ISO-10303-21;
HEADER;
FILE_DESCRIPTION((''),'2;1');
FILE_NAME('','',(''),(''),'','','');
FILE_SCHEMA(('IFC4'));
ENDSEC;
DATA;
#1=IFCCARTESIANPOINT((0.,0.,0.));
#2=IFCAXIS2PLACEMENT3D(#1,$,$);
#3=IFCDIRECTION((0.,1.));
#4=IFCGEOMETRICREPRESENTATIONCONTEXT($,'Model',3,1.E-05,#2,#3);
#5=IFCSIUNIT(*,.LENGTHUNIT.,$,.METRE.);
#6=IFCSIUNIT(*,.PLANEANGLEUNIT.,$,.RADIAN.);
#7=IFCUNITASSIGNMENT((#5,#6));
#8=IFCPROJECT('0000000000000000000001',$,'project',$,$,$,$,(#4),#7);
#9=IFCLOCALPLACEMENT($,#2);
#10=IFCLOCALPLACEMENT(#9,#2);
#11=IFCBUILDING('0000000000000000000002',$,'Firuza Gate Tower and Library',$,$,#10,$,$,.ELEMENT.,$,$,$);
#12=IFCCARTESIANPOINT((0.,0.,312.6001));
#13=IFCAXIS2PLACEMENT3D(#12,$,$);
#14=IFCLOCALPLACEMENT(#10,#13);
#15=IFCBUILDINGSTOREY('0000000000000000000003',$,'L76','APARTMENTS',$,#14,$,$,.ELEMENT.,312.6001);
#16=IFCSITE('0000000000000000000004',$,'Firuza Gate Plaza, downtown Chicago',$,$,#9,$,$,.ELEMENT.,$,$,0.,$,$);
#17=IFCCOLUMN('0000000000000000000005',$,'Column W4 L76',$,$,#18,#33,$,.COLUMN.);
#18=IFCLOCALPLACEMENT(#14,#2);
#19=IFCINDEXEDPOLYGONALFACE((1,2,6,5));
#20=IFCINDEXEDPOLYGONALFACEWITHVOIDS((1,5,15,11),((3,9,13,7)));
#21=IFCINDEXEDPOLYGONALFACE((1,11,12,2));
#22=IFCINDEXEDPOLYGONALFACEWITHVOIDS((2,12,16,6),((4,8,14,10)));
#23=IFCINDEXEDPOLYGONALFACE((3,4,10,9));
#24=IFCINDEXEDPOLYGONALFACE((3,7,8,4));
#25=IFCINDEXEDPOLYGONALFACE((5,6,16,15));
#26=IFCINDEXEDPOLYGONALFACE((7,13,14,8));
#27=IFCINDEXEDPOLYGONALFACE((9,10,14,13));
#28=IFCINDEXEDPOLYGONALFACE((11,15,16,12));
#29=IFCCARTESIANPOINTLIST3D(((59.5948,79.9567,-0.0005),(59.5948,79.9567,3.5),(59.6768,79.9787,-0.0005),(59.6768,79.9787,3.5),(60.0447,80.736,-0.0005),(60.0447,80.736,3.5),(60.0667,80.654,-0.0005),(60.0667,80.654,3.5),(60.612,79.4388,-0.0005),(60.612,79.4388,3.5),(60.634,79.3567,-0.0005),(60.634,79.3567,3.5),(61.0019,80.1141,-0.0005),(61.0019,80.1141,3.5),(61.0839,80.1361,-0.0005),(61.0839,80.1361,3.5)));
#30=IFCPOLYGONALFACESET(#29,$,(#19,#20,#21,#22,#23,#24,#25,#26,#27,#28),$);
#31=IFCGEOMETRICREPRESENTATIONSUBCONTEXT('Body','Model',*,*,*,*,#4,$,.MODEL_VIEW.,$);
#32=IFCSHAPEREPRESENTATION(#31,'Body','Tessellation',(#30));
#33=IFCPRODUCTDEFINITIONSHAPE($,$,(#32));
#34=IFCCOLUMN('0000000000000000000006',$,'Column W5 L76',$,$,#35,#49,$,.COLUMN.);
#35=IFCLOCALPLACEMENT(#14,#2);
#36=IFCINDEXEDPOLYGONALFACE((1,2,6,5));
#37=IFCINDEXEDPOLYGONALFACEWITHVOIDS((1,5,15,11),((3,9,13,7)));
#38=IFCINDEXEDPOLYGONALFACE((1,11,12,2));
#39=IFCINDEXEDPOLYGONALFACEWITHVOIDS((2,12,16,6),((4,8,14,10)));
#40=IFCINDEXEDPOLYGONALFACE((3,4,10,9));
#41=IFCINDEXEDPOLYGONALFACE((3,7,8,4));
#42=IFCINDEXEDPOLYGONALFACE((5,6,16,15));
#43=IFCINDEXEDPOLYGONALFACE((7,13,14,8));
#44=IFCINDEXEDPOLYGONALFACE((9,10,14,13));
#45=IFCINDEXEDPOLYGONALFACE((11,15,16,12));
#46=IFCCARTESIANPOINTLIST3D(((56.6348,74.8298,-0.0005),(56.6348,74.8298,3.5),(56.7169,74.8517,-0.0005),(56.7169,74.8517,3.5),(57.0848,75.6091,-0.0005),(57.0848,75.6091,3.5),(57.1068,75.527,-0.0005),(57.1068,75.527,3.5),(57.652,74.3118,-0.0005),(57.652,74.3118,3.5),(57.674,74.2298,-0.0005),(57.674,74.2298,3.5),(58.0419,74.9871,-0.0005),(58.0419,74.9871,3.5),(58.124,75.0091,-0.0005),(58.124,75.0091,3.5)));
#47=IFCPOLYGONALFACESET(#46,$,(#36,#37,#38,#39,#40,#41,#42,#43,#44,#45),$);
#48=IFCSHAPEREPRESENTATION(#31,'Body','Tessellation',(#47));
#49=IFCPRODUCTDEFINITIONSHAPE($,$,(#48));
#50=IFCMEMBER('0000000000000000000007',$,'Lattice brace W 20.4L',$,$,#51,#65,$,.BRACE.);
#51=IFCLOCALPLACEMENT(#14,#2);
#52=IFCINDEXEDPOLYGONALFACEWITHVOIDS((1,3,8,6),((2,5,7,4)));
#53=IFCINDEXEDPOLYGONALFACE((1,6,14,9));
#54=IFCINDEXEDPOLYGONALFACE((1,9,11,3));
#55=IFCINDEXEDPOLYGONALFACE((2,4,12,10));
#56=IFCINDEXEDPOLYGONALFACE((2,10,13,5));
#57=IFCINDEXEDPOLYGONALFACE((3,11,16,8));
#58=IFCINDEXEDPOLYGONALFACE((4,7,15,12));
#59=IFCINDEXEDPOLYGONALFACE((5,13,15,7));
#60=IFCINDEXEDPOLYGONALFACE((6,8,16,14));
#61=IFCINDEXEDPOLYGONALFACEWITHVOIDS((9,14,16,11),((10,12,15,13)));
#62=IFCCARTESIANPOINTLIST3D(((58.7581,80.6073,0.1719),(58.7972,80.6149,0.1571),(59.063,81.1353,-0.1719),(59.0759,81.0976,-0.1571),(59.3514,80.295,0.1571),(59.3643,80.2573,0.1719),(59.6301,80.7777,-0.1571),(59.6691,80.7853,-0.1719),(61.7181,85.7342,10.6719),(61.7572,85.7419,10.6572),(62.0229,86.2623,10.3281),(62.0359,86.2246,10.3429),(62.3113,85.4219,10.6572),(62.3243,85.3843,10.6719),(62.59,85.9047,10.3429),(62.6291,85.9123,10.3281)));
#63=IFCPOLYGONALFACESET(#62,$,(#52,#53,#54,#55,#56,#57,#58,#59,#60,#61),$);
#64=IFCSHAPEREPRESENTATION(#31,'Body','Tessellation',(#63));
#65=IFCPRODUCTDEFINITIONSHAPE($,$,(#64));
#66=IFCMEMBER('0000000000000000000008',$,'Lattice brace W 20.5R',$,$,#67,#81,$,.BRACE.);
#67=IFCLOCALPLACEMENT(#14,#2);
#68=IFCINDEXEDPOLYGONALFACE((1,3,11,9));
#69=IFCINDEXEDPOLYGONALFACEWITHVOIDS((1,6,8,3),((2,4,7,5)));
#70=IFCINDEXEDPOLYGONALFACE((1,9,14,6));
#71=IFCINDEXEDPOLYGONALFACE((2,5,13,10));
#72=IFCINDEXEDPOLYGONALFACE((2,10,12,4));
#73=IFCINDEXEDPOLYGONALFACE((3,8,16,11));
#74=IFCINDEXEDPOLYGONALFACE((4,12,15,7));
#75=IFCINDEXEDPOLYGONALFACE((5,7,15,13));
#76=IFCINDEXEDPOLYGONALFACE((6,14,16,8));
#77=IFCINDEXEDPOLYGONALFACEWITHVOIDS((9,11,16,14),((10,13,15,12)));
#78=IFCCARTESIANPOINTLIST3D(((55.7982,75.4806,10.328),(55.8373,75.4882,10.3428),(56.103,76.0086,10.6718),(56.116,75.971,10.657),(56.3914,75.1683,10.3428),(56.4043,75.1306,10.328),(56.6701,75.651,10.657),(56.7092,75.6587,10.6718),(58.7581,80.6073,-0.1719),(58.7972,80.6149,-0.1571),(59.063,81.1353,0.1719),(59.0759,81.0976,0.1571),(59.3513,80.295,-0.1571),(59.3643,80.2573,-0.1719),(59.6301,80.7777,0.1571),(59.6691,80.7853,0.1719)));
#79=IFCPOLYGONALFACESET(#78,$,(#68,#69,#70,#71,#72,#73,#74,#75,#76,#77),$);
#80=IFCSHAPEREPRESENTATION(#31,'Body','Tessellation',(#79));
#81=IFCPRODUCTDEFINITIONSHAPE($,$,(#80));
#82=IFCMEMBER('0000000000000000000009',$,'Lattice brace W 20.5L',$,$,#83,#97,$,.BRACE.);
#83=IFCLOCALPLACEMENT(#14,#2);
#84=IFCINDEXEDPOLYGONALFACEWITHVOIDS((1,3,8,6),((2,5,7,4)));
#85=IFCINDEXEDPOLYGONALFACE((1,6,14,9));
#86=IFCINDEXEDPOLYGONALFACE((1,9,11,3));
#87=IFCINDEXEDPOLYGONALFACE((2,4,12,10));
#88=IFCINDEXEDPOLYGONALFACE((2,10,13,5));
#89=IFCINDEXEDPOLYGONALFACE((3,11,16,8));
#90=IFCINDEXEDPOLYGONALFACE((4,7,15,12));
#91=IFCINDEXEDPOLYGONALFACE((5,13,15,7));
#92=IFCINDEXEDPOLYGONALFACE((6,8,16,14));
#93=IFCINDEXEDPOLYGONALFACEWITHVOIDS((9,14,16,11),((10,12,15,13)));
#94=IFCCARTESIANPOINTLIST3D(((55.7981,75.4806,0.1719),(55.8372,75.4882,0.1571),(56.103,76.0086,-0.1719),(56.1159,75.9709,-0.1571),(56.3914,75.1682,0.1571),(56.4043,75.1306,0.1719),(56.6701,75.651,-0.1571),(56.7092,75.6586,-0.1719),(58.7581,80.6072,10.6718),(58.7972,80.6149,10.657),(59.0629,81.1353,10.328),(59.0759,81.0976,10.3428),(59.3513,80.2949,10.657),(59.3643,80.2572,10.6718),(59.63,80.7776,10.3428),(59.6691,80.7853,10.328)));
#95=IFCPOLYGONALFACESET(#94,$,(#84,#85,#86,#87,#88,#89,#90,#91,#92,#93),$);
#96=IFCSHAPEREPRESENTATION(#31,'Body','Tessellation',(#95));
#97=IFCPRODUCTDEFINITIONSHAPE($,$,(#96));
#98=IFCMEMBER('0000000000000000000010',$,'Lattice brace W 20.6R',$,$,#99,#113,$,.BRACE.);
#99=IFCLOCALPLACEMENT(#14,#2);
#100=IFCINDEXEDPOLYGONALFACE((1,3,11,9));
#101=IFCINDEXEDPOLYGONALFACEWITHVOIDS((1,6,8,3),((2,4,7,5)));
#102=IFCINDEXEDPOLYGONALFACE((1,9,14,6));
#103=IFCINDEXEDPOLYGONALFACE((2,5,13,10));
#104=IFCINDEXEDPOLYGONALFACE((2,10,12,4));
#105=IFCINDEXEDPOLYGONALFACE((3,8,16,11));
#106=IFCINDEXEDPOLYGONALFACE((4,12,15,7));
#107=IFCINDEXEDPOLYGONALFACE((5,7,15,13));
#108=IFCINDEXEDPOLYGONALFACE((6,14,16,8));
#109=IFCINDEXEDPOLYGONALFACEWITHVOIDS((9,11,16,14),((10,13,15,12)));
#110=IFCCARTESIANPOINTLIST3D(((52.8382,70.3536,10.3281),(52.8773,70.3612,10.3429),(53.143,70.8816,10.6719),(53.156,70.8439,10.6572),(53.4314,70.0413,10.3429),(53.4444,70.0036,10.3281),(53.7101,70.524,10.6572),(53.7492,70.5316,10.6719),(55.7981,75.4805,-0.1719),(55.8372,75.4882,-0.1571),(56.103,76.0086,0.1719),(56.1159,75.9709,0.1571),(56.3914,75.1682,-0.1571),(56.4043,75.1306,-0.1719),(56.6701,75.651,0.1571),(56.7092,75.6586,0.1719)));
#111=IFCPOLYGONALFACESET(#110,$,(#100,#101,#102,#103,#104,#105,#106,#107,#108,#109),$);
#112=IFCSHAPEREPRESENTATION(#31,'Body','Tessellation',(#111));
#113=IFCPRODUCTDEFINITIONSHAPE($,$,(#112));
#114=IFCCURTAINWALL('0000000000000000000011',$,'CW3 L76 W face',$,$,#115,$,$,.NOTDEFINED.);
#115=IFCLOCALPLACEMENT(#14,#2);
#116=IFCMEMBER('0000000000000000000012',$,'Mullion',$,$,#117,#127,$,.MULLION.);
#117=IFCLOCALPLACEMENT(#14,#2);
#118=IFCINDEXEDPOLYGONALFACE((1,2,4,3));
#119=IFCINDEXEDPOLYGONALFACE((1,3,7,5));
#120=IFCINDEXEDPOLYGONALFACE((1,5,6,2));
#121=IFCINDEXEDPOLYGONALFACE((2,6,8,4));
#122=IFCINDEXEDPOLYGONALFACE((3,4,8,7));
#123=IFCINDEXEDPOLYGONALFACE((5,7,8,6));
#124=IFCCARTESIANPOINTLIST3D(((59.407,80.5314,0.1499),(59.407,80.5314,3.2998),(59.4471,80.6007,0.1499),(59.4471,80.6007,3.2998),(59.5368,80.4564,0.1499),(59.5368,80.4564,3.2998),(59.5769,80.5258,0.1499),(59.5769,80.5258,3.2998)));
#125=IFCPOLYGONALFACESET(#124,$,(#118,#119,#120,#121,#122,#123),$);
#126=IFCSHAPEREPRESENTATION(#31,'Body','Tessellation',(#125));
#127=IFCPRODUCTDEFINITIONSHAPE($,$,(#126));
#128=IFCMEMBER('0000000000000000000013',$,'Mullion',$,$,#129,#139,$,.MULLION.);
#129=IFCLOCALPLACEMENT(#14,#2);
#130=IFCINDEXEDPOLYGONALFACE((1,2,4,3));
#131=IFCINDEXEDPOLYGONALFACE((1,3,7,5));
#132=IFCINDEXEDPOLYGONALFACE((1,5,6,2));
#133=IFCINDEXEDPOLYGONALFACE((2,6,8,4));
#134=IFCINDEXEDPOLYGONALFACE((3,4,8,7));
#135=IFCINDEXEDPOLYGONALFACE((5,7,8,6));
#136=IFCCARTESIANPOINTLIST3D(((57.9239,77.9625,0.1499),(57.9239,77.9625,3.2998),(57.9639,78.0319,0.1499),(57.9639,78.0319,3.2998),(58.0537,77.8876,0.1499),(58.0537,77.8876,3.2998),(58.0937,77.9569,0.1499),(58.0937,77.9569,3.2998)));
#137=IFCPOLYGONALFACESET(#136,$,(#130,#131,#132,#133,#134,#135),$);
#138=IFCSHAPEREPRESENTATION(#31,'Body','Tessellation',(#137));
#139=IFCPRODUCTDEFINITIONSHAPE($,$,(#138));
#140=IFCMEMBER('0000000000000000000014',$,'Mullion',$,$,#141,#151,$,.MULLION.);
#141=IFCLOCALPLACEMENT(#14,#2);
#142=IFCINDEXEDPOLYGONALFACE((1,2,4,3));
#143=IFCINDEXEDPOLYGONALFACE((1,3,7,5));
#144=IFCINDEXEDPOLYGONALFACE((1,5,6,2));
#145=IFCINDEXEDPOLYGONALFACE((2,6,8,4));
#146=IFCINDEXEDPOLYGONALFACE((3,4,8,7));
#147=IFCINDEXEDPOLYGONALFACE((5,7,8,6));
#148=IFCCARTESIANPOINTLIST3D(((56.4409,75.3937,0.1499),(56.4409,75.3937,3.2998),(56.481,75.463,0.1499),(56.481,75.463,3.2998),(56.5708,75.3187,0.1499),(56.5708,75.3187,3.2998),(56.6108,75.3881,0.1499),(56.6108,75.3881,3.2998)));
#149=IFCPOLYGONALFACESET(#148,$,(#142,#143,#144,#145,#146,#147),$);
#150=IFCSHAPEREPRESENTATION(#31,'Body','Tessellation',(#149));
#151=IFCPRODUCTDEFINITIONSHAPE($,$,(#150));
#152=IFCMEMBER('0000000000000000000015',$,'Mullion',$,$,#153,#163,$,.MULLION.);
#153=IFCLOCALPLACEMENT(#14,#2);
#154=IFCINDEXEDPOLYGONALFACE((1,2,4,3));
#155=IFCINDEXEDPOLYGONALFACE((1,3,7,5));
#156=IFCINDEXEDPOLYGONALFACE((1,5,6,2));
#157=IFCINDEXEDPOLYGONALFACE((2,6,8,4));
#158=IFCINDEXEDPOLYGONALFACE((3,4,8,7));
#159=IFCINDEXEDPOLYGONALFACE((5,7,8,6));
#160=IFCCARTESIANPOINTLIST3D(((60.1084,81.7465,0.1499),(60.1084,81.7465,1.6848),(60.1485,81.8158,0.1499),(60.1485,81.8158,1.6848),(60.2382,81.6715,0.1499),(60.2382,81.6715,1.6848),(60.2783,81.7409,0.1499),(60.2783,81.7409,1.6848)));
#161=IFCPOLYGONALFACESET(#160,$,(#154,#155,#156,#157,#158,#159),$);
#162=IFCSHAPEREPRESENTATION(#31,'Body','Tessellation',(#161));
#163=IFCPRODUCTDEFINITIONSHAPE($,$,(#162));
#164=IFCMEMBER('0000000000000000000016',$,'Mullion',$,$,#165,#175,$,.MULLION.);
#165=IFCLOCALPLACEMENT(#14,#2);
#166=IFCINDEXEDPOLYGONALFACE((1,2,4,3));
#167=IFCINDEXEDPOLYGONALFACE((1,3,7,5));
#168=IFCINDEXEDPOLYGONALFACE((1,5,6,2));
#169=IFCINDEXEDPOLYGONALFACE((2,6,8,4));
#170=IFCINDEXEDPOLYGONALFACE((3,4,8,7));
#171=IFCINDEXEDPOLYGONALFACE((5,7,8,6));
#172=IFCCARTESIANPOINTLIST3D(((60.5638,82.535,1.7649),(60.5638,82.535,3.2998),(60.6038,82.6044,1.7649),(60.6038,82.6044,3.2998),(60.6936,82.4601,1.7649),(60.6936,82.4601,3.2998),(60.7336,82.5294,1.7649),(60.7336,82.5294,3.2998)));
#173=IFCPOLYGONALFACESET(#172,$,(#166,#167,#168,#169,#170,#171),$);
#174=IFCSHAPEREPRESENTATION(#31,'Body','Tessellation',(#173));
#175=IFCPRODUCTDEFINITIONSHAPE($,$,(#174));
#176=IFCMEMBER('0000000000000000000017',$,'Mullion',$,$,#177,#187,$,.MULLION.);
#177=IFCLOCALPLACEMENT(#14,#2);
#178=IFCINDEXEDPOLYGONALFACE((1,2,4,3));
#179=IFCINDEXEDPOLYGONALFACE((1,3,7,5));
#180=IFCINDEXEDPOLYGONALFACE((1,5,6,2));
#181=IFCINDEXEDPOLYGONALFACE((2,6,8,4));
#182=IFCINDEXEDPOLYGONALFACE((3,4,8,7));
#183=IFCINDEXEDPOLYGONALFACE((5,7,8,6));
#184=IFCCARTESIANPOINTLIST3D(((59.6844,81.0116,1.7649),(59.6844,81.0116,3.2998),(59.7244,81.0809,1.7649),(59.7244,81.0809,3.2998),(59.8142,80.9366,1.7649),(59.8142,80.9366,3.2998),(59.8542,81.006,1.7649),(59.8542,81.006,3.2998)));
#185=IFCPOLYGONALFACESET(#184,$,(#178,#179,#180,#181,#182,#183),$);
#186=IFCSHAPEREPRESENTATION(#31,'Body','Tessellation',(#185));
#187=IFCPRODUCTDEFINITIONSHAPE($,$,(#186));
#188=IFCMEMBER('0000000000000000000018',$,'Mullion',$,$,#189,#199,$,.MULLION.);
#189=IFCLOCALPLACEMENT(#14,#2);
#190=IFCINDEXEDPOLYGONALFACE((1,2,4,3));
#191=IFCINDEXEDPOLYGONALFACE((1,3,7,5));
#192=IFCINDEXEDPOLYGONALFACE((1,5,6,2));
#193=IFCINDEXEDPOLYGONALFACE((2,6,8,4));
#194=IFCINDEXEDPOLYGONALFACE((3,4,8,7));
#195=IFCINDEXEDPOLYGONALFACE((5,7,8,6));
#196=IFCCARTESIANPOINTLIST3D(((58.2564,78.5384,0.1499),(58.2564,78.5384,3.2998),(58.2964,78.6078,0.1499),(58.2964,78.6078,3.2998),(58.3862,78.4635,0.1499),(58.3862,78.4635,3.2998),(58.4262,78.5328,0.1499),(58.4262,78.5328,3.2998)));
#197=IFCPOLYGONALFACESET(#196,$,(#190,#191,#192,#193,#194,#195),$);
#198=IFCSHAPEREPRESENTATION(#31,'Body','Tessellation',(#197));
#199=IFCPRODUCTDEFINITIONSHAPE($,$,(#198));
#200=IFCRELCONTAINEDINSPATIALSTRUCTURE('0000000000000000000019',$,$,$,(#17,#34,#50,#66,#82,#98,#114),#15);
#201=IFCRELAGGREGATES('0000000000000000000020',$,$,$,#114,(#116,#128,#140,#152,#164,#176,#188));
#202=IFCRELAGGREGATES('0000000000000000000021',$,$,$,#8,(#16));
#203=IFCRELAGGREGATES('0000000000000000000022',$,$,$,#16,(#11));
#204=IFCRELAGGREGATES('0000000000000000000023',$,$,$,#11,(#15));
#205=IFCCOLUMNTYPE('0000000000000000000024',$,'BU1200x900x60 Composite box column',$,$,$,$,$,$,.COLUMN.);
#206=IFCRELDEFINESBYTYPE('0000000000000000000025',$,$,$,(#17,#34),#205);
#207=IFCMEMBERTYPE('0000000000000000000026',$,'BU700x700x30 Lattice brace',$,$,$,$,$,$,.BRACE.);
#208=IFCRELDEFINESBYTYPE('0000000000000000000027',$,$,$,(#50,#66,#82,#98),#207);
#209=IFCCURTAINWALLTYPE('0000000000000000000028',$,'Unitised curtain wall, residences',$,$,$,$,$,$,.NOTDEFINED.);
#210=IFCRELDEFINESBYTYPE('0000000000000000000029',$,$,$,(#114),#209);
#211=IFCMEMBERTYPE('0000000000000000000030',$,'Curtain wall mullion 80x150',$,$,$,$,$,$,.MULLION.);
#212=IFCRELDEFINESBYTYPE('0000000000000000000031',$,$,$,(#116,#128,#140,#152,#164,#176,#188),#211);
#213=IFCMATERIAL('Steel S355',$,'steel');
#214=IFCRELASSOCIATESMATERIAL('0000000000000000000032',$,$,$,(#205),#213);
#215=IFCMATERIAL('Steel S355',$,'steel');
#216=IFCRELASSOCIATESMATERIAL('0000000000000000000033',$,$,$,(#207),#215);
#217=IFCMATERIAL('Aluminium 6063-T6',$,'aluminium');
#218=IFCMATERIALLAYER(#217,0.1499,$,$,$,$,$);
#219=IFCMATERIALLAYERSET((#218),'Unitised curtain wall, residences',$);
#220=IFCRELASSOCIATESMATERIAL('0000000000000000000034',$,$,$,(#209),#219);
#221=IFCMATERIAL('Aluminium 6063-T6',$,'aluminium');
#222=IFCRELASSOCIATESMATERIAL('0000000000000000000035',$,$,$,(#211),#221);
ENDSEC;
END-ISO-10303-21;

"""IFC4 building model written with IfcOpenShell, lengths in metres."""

from ifc_helpers import new_model, si_unit, direction, frame, origin, origin_2d, place, context, subcontext, project, spatial, rectangle, hollow_rectangle, extrude, material, layer, layer_set, material_profile, profile_set, type_object, element, aggregate, save


model = new_model("IFC4")

# Units and contexts
model_context = context("Model", 3, precision=1e-05, world=origin(), true_north=direction((0.0, 1.0)))
body_context = subcontext(model_context, "Body", "Model", "MODEL_VIEW")
ifc_project = project(units=[si_unit("LENGTHUNIT", "METRE"), si_unit("PLANEANGLEUNIT", "RADIAN")], contexts=[model_context])

# Site, building, storey
site_placement = place(None, origin())
site = spatial("IfcSite", under=ifc_project, at=site_placement, Name="Firuza Gate Plaza, downtown Chicago", CompositionType="ELEMENT", RefElevation=0.0)
building_placement = place(site_placement, origin())
building = spatial("IfcBuilding", under=site, at=building_placement, Name="Firuza Gate Tower and Library", CompositionType="ELEMENT")
storey_placement = place(building_placement, frame((0.0, 0.0, 312.6001)))
storey = spatial("IfcBuildingStorey", under=building, at=storey_placement, Name="L76", Description="APARTMENTS", CompositionType="ELEMENT", Elevation=312.6001)

# Columns
ifc_material_1 = material(Name="Steel S355", Category="steel")
ifc_material_profile_1 = material_profile(ifc_material_1, hollow_rectangle(XDim=0.8999, YDim=1.2, WallThickness=0.0601, at=origin_2d()))
ifc_profile_set_1 = profile_set([ifc_material_profile_1], Name="Steel S355")
column_type = type_object("IfcColumnType", Name="BU1200x900x60 Composite box column", PredefinedType="COLUMN", material=ifc_profile_set_1)
for number, where, z_axis, x_axis, name in (
    (1, (60.3394, 80.0464, -0.0005), (0.0, 0.0, 1.0), (-0.5, -0.866025, 0.0), "Column W4 L76"),
    (2, (57.3794, 74.9194, -0.0005), (0.0, 0.0, 1.0), (-0.5, -0.866025, 0.0), "Column W5 L76"),
):
    element("IfcColumn", number, at=place(storey_placement, frame(where, z_axis=z_axis, x_axis=x_axis)), inside=storey, type_object=column_type, Name=name, PredefinedType="COLUMN", context=body_context, shape_type="SweptSolid", body=[
        extrude(hollow_rectangle(XDim=0.8999, YDim=1.2, WallThickness=0.0601, at=origin_2d()), origin(), (0.0, 0.0, 1.0), 3.5005),
    ])

# Members
ifc_material_2 = material(Name="Steel S355", Category="steel")
ifc_material_profile_2 = material_profile(ifc_material_2, hollow_rectangle(XDim=0.7, YDim=0.7, WallThickness=0.03, at=origin_2d()))
ifc_profile_set_2 = profile_set([ifc_material_profile_2], Name="Steel S355")
member_type_1 = type_object("IfcMemberType", Name="BU700x700x30 Lattice brace", PredefinedType="BRACE", material=ifc_profile_set_2)
member_1_placement = place(storey_placement, frame((59.2136, 80.6963, 0.0), z_axis=(0.24556, 0.425335, 0.871086), x_axis=(-0.866032, 0.499989, 0.0)))
element("IfcMember", 3, at=member_1_placement, inside=storey, type_object=member_type_1, Name="Lattice brace W 20.4L", PredefinedType="BRACE", context=body_context, shape_type="SweptSolid", body=[
    extrude(hollow_rectangle(XDim=0.7, YDim=0.7, WallThickness=0.03, at=origin_2d()), origin(), (0.0, 0.0, 1.0), 12.054),
])
for number, where, z_axis, x_axis, name in (
    (4, (59.2136, 80.6963, 0.0), (-0.245562, -0.425318, 0.871093), (0.866021, -0.500007, 0.0), "Lattice brace W 20.5R"),
    (5, (56.2537, 75.5696, 0.0), (0.245562, 0.425318, 0.871093), (-0.866021, 0.500007, 0.0), "Lattice brace W 20.5L"),
):
    element("IfcMember", number, at=place(storey_placement, frame(where, z_axis=z_axis, x_axis=x_axis)), inside=storey, type_object=member_type_1, Name=name, PredefinedType="BRACE", context=body_context, shape_type="SweptSolid", body=[
        extrude(hollow_rectangle(XDim=0.7, YDim=0.7, WallThickness=0.03, at=origin_2d()), origin(), (0.0, 0.0, 1.0), 12.0537),
    ])
member_2_placement = place(storey_placement, frame((56.2537, 75.5696, 0.0), z_axis=(-0.24556, -0.425335, 0.871086), x_axis=(0.866032, -0.499989, 0.0)))
element("IfcMember", 6, at=member_2_placement, inside=storey, type_object=member_type_1, Name="Lattice brace W 20.6R", PredefinedType="BRACE", context=body_context, shape_type="SweptSolid", body=[
    extrude(hollow_rectangle(XDim=0.7, YDim=0.7, WallThickness=0.03, at=origin_2d()), origin(), (0.0, 0.0, 1.0), 12.054),
])

# Curtain wall, members
ifc_material_3 = material(Name="Aluminium 6063-T6", Category="aluminium")
ifc_layer_1 = layer(ifc_material_3, 0.1499)
ifc_layer_set_1 = layer_set([ifc_layer_1], Name="Unitised curtain wall, residences")
curtain_wall_type = type_object("IfcCurtainWallType", Name="Unitised curtain wall, residences", PredefinedType="NOTDEFINED", material=ifc_layer_set_1)
curtain_wall_placement = place(storey_placement, origin())
curtain_wall = element("IfcCurtainWall", 7, at=curtain_wall_placement, inside=storey, type_object=curtain_wall_type, Name="CW3 L76 W face", PredefinedType="NOTDEFINED")
ifc_material_4 = material(Name="Aluminium 6063-T6", Category="aluminium")
ifc_material_profile_3 = material_profile(ifc_material_4, rectangle(XDim=0.1499, YDim=0.0801, at=origin_2d()))
ifc_profile_set_3 = profile_set([ifc_material_profile_3], Name="Aluminium 6063-T6")
member_type_2 = type_object("IfcMemberType", Name="Curtain wall mullion 80x150", PredefinedType="MULLION", material=ifc_profile_set_3)
member_3_placement = place(storey_placement, frame((59.4919, 80.5286, 0.1499), z_axis=(0.0, 0.0, 1.0), x_axis=(0.866025, -0.5, 0.0)))
member_3 = element("IfcMember", 8, at=member_3_placement, type_object=member_type_2, Name="Mullion", PredefinedType="MULLION", context=body_context, shape_type="SweptSolid", body=[
    extrude(rectangle(XDim=0.1499, YDim=0.0801, at=origin_2d()), origin(), (0.0, 0.0, 1.0), 3.1499),
])
member_4_placement = place(storey_placement, frame((58.0088, 77.9597, 0.1499), z_axis=(0.0, 0.0, 1.0), x_axis=(0.866025, -0.5, 0.0)))
member_4 = element("IfcMember", 9, at=member_4_placement, type_object=member_type_2, Name="Mullion", PredefinedType="MULLION", context=body_context, shape_type="SweptSolid", body=[
    extrude(rectangle(XDim=0.1499, YDim=0.0801, at=origin_2d()), origin(), (0.0, 0.0, 1.0), 3.1499),
])
member_5_placement = place(storey_placement, frame((56.5259, 75.3909, 0.1499), z_axis=(0.0, 0.0, 1.0), x_axis=(0.866025, -0.5, 0.0)))
member_5 = element("IfcMember", 10, at=member_5_placement, type_object=member_type_2, Name="Mullion", PredefinedType="MULLION", context=body_context, shape_type="SweptSolid", body=[
    extrude(rectangle(XDim=0.1499, YDim=0.0801, at=origin_2d()), origin(), (0.0, 0.0, 1.0), 3.1499),
])
member_6_placement = place(storey_placement, frame((60.1934, 81.7437, 0.1499), z_axis=(0.0, 0.0, 1.0), x_axis=(0.866025, -0.5, 0.0)))
member_6 = element("IfcMember", 11, at=member_6_placement, type_object=member_type_2, Name="Mullion", PredefinedType="MULLION", context=body_context, shape_type="SweptSolid", body=[
    extrude(rectangle(XDim=0.1499, YDim=0.0801, at=origin_2d()), origin(), (0.0, 0.0, 1.0), 1.5349),
])
member_7_placement = place(storey_placement, frame((60.6487, 82.5322, 1.7649), z_axis=(0.0, 0.0, 1.0), x_axis=(0.866025, -0.5, 0.0)))
member_7 = element("IfcMember", 12, at=member_7_placement, type_object=member_type_2, Name="Mullion", PredefinedType="MULLION", context=body_context, shape_type="SweptSolid", body=[
    extrude(rectangle(XDim=0.1499, YDim=0.0801, at=origin_2d()), origin(), (0.0, 0.0, 1.0), 1.5349),
])
member_8_placement = place(storey_placement, frame((59.7693, 81.0088, 1.7649), z_axis=(0.0, 0.0, 1.0), x_axis=(0.866025, -0.5, 0.0)))
member_8 = element("IfcMember", 13, at=member_8_placement, type_object=member_type_2, Name="Mullion", PredefinedType="MULLION", context=body_context, shape_type="SweptSolid", body=[
    extrude(rectangle(XDim=0.1499, YDim=0.0801, at=origin_2d()), origin(), (0.0, 0.0, 1.0), 1.5349),
])
member_9_placement = place(storey_placement, frame((58.3413, 78.5356, 0.1499), z_axis=(0.0, 0.0, 1.0), x_axis=(0.866025, -0.5, 0.0)))
member_9 = element("IfcMember", 14, at=member_9_placement, type_object=member_type_2, Name="Mullion", PredefinedType="MULLION", context=body_context, shape_type="SweptSolid", body=[
    extrude(rectangle(XDim=0.1499, YDim=0.0801, at=origin_2d()), origin(), (0.0, 0.0, 1.0), 3.1499),
])

aggregate(curtain_wall, [member_3, member_4, member_5, member_6, member_7, member_8, member_9])

save(model, "model.ifc")
